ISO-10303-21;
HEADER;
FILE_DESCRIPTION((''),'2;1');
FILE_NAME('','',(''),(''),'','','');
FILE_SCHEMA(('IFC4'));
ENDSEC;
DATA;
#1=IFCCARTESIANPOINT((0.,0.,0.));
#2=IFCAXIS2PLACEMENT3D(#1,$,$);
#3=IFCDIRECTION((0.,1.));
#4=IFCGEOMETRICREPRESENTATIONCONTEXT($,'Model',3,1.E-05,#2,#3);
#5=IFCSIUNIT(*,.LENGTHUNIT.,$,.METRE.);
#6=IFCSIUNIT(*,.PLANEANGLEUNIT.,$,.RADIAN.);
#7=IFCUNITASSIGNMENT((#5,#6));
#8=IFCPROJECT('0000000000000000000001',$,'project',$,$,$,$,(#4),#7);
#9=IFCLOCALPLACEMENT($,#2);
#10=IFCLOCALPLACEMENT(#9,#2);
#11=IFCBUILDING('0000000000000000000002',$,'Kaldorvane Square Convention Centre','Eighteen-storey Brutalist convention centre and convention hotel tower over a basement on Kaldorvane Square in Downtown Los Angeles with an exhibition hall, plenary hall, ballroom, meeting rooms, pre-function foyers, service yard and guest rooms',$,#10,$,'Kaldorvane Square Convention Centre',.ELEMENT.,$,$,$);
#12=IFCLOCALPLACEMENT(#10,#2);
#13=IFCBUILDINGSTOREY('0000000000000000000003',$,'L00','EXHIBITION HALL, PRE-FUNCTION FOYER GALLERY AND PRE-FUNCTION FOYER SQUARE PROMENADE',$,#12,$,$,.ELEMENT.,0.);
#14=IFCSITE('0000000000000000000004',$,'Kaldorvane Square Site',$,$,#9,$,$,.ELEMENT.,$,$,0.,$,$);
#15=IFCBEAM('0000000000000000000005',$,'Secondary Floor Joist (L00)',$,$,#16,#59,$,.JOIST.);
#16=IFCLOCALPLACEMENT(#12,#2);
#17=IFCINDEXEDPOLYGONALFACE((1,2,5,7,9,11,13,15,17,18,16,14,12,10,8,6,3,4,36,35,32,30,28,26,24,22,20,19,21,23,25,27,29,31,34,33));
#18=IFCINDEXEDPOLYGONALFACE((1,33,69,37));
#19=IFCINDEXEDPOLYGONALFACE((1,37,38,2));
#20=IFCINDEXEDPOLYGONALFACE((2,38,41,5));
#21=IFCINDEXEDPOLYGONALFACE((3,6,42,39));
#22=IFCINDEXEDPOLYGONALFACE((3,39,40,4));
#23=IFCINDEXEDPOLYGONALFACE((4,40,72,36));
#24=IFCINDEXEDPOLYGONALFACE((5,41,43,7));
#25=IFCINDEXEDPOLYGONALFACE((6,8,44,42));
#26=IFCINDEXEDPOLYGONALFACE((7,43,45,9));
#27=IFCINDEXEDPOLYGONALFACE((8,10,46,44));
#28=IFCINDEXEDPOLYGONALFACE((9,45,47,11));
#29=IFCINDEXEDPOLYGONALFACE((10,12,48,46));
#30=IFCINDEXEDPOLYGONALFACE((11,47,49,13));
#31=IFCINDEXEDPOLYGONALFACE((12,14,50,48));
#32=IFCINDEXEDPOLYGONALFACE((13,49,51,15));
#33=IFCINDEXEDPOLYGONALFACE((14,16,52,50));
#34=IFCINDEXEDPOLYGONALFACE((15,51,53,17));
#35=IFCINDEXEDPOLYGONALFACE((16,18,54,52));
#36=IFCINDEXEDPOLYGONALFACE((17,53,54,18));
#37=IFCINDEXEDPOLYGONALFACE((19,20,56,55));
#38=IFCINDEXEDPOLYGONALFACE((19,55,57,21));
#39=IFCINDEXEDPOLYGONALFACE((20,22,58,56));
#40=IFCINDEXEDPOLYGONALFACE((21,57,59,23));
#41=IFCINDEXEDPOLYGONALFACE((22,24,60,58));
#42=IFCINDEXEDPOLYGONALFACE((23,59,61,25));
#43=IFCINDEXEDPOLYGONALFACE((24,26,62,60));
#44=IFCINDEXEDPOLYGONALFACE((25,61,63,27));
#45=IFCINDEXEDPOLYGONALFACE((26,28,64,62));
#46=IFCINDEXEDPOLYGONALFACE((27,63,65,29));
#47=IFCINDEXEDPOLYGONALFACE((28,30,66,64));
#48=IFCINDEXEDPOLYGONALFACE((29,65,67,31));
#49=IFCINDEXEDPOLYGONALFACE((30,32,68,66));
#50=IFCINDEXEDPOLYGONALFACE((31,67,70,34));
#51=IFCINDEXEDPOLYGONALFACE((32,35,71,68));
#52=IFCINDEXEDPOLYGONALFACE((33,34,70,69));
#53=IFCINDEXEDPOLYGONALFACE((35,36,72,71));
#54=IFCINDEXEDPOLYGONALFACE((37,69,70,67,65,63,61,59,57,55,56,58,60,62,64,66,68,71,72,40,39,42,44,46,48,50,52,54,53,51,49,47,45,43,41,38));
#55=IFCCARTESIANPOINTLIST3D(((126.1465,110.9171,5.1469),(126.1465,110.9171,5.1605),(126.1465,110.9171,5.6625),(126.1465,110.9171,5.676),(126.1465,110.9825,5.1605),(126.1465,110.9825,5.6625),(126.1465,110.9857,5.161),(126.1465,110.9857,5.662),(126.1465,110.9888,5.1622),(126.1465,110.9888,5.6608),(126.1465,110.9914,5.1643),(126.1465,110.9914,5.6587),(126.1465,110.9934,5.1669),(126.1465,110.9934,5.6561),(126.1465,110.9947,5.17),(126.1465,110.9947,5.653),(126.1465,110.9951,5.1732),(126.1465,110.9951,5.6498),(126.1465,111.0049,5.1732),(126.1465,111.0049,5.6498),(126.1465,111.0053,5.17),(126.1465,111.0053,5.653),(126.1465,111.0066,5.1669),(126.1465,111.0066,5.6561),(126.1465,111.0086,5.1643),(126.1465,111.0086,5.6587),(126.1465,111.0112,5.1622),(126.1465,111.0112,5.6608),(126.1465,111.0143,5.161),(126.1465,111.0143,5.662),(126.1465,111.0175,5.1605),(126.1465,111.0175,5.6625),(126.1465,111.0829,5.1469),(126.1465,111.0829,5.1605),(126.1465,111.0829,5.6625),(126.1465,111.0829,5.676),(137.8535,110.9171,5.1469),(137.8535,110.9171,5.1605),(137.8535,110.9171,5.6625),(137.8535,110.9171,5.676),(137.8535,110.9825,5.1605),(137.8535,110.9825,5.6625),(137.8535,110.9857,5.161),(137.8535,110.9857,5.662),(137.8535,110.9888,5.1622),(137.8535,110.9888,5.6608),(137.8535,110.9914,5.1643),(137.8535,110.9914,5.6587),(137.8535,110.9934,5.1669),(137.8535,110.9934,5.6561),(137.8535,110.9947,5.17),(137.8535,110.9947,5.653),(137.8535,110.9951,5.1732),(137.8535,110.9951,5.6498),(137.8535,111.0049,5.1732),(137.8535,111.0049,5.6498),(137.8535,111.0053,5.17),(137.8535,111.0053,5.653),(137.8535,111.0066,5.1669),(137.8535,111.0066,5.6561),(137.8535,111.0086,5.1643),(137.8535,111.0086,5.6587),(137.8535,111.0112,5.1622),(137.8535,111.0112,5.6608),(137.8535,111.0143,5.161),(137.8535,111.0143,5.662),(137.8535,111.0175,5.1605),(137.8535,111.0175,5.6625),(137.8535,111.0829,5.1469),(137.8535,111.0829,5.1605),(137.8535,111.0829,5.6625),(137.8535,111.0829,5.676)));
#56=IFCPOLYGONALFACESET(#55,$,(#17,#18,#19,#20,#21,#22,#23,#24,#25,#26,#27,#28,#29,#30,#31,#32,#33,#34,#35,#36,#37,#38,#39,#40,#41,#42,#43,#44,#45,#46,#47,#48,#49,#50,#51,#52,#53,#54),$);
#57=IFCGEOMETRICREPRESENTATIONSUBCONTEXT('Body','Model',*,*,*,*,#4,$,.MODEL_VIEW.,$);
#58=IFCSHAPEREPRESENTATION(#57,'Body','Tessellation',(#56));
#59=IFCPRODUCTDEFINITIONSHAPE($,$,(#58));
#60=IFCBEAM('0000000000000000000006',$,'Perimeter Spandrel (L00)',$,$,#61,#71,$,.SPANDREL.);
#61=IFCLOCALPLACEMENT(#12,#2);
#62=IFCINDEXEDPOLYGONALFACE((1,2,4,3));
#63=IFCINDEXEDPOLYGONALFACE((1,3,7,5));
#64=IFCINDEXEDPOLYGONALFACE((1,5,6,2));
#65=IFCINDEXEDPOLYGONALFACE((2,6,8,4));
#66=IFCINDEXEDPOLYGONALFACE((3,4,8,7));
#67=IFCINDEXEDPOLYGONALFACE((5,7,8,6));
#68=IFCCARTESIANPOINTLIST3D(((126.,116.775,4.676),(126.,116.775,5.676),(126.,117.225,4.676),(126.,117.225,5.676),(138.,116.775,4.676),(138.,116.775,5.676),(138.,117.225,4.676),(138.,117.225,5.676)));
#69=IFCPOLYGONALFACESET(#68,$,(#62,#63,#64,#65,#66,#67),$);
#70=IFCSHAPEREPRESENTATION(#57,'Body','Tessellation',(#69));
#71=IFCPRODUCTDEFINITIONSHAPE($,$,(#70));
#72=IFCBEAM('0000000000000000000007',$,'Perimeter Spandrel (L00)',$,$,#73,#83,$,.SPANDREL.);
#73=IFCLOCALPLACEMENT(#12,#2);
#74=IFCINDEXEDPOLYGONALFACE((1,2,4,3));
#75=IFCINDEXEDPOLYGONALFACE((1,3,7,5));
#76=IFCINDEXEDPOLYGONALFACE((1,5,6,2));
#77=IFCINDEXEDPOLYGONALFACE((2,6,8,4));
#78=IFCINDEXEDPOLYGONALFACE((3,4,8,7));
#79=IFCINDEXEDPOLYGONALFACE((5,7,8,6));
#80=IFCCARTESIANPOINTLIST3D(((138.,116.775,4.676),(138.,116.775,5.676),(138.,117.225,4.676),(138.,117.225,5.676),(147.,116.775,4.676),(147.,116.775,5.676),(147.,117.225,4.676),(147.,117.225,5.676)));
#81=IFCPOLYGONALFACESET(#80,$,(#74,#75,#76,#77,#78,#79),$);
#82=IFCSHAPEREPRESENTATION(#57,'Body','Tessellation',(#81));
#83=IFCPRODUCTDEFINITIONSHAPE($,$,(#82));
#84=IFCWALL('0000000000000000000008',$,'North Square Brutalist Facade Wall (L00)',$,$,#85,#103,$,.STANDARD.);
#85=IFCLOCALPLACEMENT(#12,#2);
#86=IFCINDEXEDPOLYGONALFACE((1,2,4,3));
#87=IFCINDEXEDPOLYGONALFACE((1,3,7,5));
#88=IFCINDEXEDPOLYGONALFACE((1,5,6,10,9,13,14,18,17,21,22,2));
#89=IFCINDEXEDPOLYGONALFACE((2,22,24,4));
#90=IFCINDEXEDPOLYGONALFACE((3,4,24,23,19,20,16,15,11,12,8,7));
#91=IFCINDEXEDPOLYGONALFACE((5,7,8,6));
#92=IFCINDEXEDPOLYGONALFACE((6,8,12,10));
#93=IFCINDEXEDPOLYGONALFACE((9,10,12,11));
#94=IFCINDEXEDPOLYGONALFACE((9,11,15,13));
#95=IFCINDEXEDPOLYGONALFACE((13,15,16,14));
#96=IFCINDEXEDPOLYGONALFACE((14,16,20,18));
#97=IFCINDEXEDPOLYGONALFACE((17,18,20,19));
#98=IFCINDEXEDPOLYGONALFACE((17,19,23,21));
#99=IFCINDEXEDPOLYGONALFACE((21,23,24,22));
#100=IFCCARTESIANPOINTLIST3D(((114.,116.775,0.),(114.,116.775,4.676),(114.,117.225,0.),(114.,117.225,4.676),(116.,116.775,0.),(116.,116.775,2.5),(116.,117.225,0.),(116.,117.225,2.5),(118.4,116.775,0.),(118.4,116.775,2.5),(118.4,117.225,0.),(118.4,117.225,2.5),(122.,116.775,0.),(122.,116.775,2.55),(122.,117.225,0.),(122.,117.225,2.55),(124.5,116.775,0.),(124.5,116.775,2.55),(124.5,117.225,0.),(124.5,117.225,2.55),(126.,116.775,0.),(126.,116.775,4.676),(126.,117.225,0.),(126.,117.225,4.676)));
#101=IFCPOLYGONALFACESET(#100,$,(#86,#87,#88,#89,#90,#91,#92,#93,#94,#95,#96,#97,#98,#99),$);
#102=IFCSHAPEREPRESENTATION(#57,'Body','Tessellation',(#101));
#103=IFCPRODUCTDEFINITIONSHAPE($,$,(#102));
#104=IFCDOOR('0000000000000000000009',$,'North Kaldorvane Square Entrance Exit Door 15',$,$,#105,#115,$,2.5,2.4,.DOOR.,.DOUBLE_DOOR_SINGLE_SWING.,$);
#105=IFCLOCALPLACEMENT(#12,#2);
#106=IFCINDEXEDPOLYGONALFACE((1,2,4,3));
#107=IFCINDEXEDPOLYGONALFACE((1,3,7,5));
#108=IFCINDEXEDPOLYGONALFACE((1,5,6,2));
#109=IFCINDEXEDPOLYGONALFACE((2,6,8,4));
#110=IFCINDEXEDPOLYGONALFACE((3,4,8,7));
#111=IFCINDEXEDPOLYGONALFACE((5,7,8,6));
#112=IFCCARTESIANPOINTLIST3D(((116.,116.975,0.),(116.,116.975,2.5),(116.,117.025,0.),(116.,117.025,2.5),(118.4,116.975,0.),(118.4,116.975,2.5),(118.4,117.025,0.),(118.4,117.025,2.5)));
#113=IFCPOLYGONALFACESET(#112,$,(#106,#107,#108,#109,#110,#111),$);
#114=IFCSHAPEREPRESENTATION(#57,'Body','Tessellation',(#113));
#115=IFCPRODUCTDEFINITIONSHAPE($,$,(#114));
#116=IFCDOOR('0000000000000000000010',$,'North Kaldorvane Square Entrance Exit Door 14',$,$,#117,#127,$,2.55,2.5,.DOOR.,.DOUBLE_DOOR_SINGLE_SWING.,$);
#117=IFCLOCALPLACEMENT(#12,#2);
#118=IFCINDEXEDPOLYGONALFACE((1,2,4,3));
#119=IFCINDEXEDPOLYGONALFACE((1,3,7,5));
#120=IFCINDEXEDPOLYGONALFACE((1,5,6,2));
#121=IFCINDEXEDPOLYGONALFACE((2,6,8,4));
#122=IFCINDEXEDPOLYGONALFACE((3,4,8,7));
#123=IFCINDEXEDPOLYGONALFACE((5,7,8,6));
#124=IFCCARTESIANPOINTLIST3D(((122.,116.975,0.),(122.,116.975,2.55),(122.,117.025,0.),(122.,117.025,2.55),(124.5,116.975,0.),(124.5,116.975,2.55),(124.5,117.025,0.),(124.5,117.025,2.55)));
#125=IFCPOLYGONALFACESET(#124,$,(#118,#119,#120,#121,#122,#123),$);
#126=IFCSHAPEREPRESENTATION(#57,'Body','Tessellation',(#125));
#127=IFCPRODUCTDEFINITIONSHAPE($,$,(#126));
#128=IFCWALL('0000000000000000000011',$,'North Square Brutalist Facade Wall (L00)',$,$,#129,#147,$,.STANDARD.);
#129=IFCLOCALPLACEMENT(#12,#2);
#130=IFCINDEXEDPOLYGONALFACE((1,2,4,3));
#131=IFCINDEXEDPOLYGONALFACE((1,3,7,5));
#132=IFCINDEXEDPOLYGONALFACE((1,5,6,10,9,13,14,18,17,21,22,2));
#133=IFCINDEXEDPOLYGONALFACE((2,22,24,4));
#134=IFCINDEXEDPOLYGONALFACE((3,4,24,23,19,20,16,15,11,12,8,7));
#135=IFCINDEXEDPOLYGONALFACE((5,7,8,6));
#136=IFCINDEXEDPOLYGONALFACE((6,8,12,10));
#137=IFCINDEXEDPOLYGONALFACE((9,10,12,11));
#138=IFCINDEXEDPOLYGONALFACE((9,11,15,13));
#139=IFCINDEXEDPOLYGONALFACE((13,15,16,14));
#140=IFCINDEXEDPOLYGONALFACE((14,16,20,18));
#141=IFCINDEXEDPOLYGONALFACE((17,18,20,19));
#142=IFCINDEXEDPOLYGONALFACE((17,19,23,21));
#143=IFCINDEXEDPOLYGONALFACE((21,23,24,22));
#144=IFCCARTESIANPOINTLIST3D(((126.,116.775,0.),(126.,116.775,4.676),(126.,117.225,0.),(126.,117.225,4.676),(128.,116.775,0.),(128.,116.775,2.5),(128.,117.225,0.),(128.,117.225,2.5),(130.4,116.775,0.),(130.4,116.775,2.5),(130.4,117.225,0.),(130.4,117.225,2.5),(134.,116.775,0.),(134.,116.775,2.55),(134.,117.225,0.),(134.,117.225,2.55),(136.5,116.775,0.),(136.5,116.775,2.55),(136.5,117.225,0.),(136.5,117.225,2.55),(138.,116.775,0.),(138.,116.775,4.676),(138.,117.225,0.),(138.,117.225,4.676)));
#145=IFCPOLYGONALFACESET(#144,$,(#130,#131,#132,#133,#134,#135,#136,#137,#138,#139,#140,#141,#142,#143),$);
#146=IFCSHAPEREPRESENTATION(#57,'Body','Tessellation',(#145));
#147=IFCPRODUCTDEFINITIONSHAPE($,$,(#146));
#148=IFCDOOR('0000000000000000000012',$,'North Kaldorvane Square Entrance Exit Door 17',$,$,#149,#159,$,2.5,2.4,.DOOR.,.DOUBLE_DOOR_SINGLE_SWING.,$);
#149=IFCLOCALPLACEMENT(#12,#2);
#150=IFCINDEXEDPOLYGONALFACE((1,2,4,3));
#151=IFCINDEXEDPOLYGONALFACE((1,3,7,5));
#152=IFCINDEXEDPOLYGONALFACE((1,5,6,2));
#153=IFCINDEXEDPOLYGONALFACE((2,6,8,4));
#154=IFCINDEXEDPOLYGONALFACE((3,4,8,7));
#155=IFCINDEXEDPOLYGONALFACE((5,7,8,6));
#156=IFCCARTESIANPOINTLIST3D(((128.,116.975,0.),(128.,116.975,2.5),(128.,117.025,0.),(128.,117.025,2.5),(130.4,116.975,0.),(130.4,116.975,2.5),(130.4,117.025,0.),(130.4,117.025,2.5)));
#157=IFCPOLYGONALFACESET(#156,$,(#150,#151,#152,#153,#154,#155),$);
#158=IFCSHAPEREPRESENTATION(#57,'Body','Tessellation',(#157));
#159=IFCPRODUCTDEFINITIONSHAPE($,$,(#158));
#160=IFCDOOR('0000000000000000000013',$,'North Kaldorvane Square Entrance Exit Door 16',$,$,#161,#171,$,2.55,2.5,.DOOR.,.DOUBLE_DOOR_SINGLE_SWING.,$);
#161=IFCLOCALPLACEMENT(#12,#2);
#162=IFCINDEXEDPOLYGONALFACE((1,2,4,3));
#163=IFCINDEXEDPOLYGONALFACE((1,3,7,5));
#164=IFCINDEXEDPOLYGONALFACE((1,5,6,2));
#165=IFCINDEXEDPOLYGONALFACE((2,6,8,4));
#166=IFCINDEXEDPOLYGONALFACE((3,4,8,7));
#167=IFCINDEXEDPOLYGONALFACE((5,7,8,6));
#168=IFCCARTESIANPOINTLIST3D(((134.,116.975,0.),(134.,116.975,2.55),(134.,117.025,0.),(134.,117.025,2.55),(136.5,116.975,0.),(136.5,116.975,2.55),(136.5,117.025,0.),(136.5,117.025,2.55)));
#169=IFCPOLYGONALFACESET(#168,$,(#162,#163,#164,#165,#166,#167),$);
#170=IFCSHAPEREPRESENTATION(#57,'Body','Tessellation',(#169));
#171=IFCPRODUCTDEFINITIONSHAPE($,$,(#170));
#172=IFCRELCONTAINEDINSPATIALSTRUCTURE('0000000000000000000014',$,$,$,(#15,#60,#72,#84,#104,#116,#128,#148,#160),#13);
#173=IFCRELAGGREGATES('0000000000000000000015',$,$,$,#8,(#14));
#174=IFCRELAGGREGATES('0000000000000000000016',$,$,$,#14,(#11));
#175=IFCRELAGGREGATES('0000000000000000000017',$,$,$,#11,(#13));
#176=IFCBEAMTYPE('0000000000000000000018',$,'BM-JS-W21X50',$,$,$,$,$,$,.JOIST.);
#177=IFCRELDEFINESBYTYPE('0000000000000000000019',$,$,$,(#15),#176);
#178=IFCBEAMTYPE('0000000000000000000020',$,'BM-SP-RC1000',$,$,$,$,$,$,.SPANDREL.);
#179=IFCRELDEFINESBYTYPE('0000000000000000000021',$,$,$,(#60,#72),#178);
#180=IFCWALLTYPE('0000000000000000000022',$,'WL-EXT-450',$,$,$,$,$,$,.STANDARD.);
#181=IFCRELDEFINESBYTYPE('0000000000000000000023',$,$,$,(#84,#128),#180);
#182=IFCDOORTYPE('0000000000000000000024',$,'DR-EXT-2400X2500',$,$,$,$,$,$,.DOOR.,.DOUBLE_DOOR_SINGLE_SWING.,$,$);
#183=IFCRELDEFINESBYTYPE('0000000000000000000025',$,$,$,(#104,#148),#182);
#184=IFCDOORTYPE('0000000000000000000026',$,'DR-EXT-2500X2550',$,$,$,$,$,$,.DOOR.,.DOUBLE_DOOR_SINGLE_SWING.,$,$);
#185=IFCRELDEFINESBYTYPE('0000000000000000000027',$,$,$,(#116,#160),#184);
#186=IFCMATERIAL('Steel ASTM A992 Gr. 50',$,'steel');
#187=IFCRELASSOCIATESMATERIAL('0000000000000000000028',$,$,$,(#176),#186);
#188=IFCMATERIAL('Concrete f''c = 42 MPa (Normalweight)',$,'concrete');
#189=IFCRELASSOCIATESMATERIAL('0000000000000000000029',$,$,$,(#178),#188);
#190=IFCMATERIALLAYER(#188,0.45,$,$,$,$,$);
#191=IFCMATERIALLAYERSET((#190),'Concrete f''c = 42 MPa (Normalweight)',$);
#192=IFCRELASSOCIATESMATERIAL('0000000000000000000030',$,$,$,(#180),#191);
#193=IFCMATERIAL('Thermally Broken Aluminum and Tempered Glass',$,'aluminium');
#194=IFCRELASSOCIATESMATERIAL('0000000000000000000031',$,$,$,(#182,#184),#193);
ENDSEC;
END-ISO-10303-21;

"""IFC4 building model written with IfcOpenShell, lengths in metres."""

from ifc_helpers import new_model, si_unit, direction, frame, frame_2d, origin, origin_2d, place, context, subcontext, project, spatial, rectangle, i_section, extrude, material, layer, layer_set, material_profile, profile_set, type_object, element, fill, save


model = new_model("IFC4")

# Units and contexts
model_context = context("Model", 3, precision=1e-05, world=origin(), true_north=direction((0.0, 1.0)))
body_context = subcontext(model_context, "Body", "Model", "MODEL_VIEW")
ifc_project = project(units=[si_unit("LENGTHUNIT", "METRE"), si_unit("PLANEANGLEUNIT", "RADIAN")], contexts=[model_context])

# Site, building, storey
site_placement = place(None, origin())
site = spatial("IfcSite", under=ifc_project, at=site_placement, Name="Kaldorvane Square Site", CompositionType="ELEMENT", RefElevation=0.0)
building_placement = place(site_placement, origin())
building = spatial("IfcBuilding", under=site, at=building_placement, Name="Kaldorvane Square Convention Centre", Description="Eighteen-storey Brutalist convention centre and convention hotel tower over a basement on Kaldorvane Square in Downtown Los Angeles with an exhibition hall, plenary hall, ballroom, meeting rooms, pre-function foyers, service yard and guest rooms", LongName="Kaldorvane Square Convention Centre", CompositionType="ELEMENT")
storey_placement = place(building_placement, origin())
storey = spatial("IfcBuildingStorey", under=building, at=storey_placement, Name="L00", Description="EXHIBITION HALL, PRE-FUNCTION FOYER GALLERY AND PRE-FUNCTION FOYER SQUARE PROMENADE", CompositionType="ELEMENT", Elevation=0.0)

# Shared definitions
ifc_material_1 = material(Name="Steel ASTM A992 Gr. 50", Category="steel")

# Beams
ifc_material_profile_1 = material_profile(ifc_material_1, i_section(OverallWidth=0.1659, OverallDepth=0.5291, WebThickness=0.0097, FlangeThickness=0.0136, FilletRadius=0.0127, at=origin_2d()), Name="W21X50")
ifc_profile_set_1 = profile_set([ifc_material_profile_1], Name="Steel ASTM A992 Gr. 50")
beam_type_1 = type_object("IfcBeamType", Name="BM-JS-W21X50", PredefinedType="JOIST", material=ifc_profile_set_1)
beam_1_placement = place(storey_placement, frame((126.1465, 111.0, 5.4115), z_axis=(1.0, 0.0, 0.0), x_axis=(0.0, 1.0, 0.0)))
element("IfcBeam", 1, at=beam_1_placement, inside=storey, type_object=beam_type_1, Name="Secondary Floor Joist (L00)", PredefinedType="JOIST", context=body_context, shape_type="SweptSolid", body=[
    extrude(i_section(OverallWidth=0.1659, OverallDepth=0.5291, WebThickness=0.0097, FlangeThickness=0.0136, FilletRadius=0.0127, at=origin_2d()), origin(), (0.0, 0.0, 1.0), 11.707),
])
ifc_material_2 = material(Name="Concrete f'c = 42 MPa (Normalweight)", Category="concrete")
ifc_material_profile_2 = material_profile(ifc_material_2, rectangle(XDim=0.45, YDim=1.0, at=origin_2d()), Name="RCSP1000X450")
ifc_profile_set_2 = profile_set([ifc_material_profile_2], Name="Concrete f'c = 42 MPa (Normalweight)")
beam_type_2 = type_object("IfcBeamType", Name="BM-SP-RC1000", PredefinedType="SPANDREL", material=ifc_profile_set_2)
beam_2_placement = place(storey_placement, frame((126.0, 117.0, 5.176), z_axis=(1.0, 0.0, 0.0), x_axis=(0.0, 1.0, 0.0)))
element("IfcBeam", 2, at=beam_2_placement, inside=storey, type_object=beam_type_2, Name="Perimeter Spandrel (L00)", PredefinedType="SPANDREL", context=body_context, shape_type="SweptSolid", body=[
    extrude(rectangle(XDim=0.45, YDim=1.0, at=origin_2d()), origin(), (0.0, 0.0, 1.0), 12.0),
])
beam_3_placement = place(storey_placement, frame((138.0, 117.0, 5.176), z_axis=(1.0, 0.0, 0.0), x_axis=(0.0, 1.0, 0.0)))
element("IfcBeam", 3, at=beam_3_placement, inside=storey, type_object=beam_type_2, Name="Perimeter Spandrel (L00)", PredefinedType="SPANDREL", context=body_context, shape_type="SweptSolid", body=[
    extrude(rectangle(XDim=0.45, YDim=1.0, at=origin_2d()), origin(), (0.0, 0.0, 1.0), 9.0),
])

# Walls, openings, doors
ifc_layer_1 = layer(ifc_material_2, 0.45)
ifc_layer_set_1 = layer_set([ifc_layer_1], Name="Concrete f'c = 42 MPa (Normalweight)")
wall_type = type_object("IfcWallType", Name="WL-EXT-450", PredefinedType="STANDARD", material=ifc_layer_set_1)
wall_1_placement = place(storey_placement, frame((126.0, 117.0, 0.0), z_axis=(0.0, 0.0, 1.0), x_axis=(-1.0, 0.0, 0.0)))
wall_1 = element("IfcWall", 4, at=wall_1_placement, inside=storey, type_object=wall_type, Name="North Square Brutalist Facade Wall (L00)", PredefinedType="STANDARD", context=body_context, shape_type="SweptSolid", body=[
    extrude(rectangle(XDim=12.0, YDim=0.45, at=frame_2d((6.0, 0.0))), origin(), (0.0, 0.0, 1.0), 4.676),
])
opening_1_placement = place(wall_1_placement, frame((1.5, 0.0, 0.0)))
opening_1 = element("IfcOpeningElement", 5, at=opening_1_placement, cuts=wall_1, PredefinedType="OPENING", context=body_context, shape_type="SweptSolid", body=[
    extrude(rectangle(XDim=2.5, YDim=2.55, at=frame_2d((1.25, 1.275))), frame((0.0, 0.24, 0.0), z_axis=(0.0, -1.0, 0.0), x_axis=(1.0, 0.0, 0.0)), (0.0, 0.0, 1.0), 0.48),
])
opening_2_placement = place(wall_1_placement, frame((7.6, 0.0, 0.0)))
opening_2 = element("IfcOpeningElement", 6, at=opening_2_placement, cuts=wall_1, PredefinedType="OPENING", context=body_context, shape_type="SweptSolid", body=[
    extrude(rectangle(XDim=2.4, YDim=2.5, at=frame_2d((1.2, 1.25))), frame((0.0, 0.24, 0.0), z_axis=(0.0, -1.0, 0.0), x_axis=(1.0, 0.0, 0.0)), (0.0, 0.0, 1.0), 0.48),
])
ifc_material_3 = material(Name="Thermally Broken Aluminum and Tempered Glass", Category="aluminium")
door_type_1 = type_object("IfcDoorType", Name="DR-EXT-2400X2500", OperationType="DOUBLE_DOOR_SINGLE_SWING", PredefinedType="DOOR", material=ifc_material_3)
door_1_placement = place(opening_2_placement, origin())
door_1 = element("IfcDoor", 7, at=door_1_placement, inside=storey, type_object=door_type_1, Name="North Kaldorvane Square Entrance Exit Door 15", OperationType="DOUBLE_DOOR_SINGLE_SWING", OverallHeight=2.5, OverallWidth=2.4, PredefinedType="DOOR", context=body_context, shape_type="SweptSolid", body=[
    extrude(rectangle(XDim=2.4, YDim=2.5, at=frame_2d((1.2, 1.25))), frame((0.0, 0.025, 0.0), z_axis=(0.0, -1.0, 0.0), x_axis=(1.0, 0.0, 0.0)), (0.0, 0.0, 1.0), 0.05),
])
fill(opening_2, door_1)
door_type_2 = type_object("IfcDoorType", Name="DR-EXT-2500X2550", OperationType="DOUBLE_DOOR_SINGLE_SWING", PredefinedType="DOOR", material=ifc_material_3)
door_2_placement = place(opening_1_placement, origin())
door_2 = element("IfcDoor", 8, at=door_2_placement, inside=storey, type_object=door_type_2, Name="North Kaldorvane Square Entrance Exit Door 14", OperationType="DOUBLE_DOOR_SINGLE_SWING", OverallHeight=2.55, OverallWidth=2.5, PredefinedType="DOOR", context=body_context, shape_type="SweptSolid", body=[
    extrude(rectangle(XDim=2.5, YDim=2.55, at=frame_2d((1.25, 1.275))), frame((0.0, 0.025, 0.0), z_axis=(0.0, -1.0, 0.0), x_axis=(1.0, 0.0, 0.0)), (0.0, 0.0, 1.0), 0.05),
])
fill(opening_1, door_2)
wall_2_placement = place(storey_placement, frame((138.0, 117.0, 0.0), z_axis=(0.0, 0.0, 1.0), x_axis=(-1.0, 0.0, 0.0)))
wall_2 = element("IfcWall", 9, at=wall_2_placement, inside=storey, type_object=wall_type, Name="North Square Brutalist Facade Wall (L00)", PredefinedType="STANDARD", context=body_context, shape_type="SweptSolid", body=[
    extrude(rectangle(XDim=12.0, YDim=0.45, at=frame_2d((6.0, 0.0))), origin(), (0.0, 0.0, 1.0), 4.676),
])
opening_3_placement = place(wall_2_placement, frame((1.5, 0.0, 0.0)))
opening_3 = element("IfcOpeningElement", 10, at=opening_3_placement, cuts=wall_2, PredefinedType="OPENING", context=body_context, shape_type="SweptSolid", body=[
    extrude(rectangle(XDim=2.5, YDim=2.55, at=frame_2d((1.25, 1.275))), frame((0.0, 0.24, 0.0), z_axis=(0.0, -1.0, 0.0), x_axis=(1.0, 0.0, 0.0)), (0.0, 0.0, 1.0), 0.48),
])
opening_4_placement = place(wall_2_placement, frame((7.6, 0.0, 0.0)))
opening_4 = element("IfcOpeningElement", 11, at=opening_4_placement, cuts=wall_2, PredefinedType="OPENING", context=body_context, shape_type="SweptSolid", body=[
    extrude(rectangle(XDim=2.4, YDim=2.5, at=frame_2d((1.2, 1.25))), frame((0.0, 0.24, 0.0), z_axis=(0.0, -1.0, 0.0), x_axis=(1.0, 0.0, 0.0)), (0.0, 0.0, 1.0), 0.48),
])
door_3_placement = place(opening_4_placement, origin())
door_3 = element("IfcDoor", 12, at=door_3_placement, inside=storey, type_object=door_type_1, Name="North Kaldorvane Square Entrance Exit Door 17", OperationType="DOUBLE_DOOR_SINGLE_SWING", OverallHeight=2.5, OverallWidth=2.4, PredefinedType="DOOR", context=body_context, shape_type="SweptSolid", body=[
    extrude(rectangle(XDim=2.4, YDim=2.5, at=frame_2d((1.2, 1.25))), frame((0.0, 0.025, 0.0), z_axis=(0.0, -1.0, 0.0), x_axis=(1.0, 0.0, 0.0)), (0.0, 0.0, 1.0), 0.05),
])
fill(opening_4, door_3)
door_4_placement = place(opening_3_placement, origin())
door_4 = element("IfcDoor", 13, at=door_4_placement, inside=storey, type_object=door_type_2, Name="North Kaldorvane Square Entrance Exit Door 16", OperationType="DOUBLE_DOOR_SINGLE_SWING", OverallHeight=2.55, OverallWidth=2.5, PredefinedType="DOOR", context=body_context, shape_type="SweptSolid", body=[
    extrude(rectangle(XDim=2.5, YDim=2.55, at=frame_2d((1.25, 1.275))), frame((0.0, 0.025, 0.0), z_axis=(0.0, -1.0, 0.0), x_axis=(1.0, 0.0, 0.0)), (0.0, 0.0, 1.0), 0.05),
])
fill(opening_3, door_4)

save(model, "model.ifc")
